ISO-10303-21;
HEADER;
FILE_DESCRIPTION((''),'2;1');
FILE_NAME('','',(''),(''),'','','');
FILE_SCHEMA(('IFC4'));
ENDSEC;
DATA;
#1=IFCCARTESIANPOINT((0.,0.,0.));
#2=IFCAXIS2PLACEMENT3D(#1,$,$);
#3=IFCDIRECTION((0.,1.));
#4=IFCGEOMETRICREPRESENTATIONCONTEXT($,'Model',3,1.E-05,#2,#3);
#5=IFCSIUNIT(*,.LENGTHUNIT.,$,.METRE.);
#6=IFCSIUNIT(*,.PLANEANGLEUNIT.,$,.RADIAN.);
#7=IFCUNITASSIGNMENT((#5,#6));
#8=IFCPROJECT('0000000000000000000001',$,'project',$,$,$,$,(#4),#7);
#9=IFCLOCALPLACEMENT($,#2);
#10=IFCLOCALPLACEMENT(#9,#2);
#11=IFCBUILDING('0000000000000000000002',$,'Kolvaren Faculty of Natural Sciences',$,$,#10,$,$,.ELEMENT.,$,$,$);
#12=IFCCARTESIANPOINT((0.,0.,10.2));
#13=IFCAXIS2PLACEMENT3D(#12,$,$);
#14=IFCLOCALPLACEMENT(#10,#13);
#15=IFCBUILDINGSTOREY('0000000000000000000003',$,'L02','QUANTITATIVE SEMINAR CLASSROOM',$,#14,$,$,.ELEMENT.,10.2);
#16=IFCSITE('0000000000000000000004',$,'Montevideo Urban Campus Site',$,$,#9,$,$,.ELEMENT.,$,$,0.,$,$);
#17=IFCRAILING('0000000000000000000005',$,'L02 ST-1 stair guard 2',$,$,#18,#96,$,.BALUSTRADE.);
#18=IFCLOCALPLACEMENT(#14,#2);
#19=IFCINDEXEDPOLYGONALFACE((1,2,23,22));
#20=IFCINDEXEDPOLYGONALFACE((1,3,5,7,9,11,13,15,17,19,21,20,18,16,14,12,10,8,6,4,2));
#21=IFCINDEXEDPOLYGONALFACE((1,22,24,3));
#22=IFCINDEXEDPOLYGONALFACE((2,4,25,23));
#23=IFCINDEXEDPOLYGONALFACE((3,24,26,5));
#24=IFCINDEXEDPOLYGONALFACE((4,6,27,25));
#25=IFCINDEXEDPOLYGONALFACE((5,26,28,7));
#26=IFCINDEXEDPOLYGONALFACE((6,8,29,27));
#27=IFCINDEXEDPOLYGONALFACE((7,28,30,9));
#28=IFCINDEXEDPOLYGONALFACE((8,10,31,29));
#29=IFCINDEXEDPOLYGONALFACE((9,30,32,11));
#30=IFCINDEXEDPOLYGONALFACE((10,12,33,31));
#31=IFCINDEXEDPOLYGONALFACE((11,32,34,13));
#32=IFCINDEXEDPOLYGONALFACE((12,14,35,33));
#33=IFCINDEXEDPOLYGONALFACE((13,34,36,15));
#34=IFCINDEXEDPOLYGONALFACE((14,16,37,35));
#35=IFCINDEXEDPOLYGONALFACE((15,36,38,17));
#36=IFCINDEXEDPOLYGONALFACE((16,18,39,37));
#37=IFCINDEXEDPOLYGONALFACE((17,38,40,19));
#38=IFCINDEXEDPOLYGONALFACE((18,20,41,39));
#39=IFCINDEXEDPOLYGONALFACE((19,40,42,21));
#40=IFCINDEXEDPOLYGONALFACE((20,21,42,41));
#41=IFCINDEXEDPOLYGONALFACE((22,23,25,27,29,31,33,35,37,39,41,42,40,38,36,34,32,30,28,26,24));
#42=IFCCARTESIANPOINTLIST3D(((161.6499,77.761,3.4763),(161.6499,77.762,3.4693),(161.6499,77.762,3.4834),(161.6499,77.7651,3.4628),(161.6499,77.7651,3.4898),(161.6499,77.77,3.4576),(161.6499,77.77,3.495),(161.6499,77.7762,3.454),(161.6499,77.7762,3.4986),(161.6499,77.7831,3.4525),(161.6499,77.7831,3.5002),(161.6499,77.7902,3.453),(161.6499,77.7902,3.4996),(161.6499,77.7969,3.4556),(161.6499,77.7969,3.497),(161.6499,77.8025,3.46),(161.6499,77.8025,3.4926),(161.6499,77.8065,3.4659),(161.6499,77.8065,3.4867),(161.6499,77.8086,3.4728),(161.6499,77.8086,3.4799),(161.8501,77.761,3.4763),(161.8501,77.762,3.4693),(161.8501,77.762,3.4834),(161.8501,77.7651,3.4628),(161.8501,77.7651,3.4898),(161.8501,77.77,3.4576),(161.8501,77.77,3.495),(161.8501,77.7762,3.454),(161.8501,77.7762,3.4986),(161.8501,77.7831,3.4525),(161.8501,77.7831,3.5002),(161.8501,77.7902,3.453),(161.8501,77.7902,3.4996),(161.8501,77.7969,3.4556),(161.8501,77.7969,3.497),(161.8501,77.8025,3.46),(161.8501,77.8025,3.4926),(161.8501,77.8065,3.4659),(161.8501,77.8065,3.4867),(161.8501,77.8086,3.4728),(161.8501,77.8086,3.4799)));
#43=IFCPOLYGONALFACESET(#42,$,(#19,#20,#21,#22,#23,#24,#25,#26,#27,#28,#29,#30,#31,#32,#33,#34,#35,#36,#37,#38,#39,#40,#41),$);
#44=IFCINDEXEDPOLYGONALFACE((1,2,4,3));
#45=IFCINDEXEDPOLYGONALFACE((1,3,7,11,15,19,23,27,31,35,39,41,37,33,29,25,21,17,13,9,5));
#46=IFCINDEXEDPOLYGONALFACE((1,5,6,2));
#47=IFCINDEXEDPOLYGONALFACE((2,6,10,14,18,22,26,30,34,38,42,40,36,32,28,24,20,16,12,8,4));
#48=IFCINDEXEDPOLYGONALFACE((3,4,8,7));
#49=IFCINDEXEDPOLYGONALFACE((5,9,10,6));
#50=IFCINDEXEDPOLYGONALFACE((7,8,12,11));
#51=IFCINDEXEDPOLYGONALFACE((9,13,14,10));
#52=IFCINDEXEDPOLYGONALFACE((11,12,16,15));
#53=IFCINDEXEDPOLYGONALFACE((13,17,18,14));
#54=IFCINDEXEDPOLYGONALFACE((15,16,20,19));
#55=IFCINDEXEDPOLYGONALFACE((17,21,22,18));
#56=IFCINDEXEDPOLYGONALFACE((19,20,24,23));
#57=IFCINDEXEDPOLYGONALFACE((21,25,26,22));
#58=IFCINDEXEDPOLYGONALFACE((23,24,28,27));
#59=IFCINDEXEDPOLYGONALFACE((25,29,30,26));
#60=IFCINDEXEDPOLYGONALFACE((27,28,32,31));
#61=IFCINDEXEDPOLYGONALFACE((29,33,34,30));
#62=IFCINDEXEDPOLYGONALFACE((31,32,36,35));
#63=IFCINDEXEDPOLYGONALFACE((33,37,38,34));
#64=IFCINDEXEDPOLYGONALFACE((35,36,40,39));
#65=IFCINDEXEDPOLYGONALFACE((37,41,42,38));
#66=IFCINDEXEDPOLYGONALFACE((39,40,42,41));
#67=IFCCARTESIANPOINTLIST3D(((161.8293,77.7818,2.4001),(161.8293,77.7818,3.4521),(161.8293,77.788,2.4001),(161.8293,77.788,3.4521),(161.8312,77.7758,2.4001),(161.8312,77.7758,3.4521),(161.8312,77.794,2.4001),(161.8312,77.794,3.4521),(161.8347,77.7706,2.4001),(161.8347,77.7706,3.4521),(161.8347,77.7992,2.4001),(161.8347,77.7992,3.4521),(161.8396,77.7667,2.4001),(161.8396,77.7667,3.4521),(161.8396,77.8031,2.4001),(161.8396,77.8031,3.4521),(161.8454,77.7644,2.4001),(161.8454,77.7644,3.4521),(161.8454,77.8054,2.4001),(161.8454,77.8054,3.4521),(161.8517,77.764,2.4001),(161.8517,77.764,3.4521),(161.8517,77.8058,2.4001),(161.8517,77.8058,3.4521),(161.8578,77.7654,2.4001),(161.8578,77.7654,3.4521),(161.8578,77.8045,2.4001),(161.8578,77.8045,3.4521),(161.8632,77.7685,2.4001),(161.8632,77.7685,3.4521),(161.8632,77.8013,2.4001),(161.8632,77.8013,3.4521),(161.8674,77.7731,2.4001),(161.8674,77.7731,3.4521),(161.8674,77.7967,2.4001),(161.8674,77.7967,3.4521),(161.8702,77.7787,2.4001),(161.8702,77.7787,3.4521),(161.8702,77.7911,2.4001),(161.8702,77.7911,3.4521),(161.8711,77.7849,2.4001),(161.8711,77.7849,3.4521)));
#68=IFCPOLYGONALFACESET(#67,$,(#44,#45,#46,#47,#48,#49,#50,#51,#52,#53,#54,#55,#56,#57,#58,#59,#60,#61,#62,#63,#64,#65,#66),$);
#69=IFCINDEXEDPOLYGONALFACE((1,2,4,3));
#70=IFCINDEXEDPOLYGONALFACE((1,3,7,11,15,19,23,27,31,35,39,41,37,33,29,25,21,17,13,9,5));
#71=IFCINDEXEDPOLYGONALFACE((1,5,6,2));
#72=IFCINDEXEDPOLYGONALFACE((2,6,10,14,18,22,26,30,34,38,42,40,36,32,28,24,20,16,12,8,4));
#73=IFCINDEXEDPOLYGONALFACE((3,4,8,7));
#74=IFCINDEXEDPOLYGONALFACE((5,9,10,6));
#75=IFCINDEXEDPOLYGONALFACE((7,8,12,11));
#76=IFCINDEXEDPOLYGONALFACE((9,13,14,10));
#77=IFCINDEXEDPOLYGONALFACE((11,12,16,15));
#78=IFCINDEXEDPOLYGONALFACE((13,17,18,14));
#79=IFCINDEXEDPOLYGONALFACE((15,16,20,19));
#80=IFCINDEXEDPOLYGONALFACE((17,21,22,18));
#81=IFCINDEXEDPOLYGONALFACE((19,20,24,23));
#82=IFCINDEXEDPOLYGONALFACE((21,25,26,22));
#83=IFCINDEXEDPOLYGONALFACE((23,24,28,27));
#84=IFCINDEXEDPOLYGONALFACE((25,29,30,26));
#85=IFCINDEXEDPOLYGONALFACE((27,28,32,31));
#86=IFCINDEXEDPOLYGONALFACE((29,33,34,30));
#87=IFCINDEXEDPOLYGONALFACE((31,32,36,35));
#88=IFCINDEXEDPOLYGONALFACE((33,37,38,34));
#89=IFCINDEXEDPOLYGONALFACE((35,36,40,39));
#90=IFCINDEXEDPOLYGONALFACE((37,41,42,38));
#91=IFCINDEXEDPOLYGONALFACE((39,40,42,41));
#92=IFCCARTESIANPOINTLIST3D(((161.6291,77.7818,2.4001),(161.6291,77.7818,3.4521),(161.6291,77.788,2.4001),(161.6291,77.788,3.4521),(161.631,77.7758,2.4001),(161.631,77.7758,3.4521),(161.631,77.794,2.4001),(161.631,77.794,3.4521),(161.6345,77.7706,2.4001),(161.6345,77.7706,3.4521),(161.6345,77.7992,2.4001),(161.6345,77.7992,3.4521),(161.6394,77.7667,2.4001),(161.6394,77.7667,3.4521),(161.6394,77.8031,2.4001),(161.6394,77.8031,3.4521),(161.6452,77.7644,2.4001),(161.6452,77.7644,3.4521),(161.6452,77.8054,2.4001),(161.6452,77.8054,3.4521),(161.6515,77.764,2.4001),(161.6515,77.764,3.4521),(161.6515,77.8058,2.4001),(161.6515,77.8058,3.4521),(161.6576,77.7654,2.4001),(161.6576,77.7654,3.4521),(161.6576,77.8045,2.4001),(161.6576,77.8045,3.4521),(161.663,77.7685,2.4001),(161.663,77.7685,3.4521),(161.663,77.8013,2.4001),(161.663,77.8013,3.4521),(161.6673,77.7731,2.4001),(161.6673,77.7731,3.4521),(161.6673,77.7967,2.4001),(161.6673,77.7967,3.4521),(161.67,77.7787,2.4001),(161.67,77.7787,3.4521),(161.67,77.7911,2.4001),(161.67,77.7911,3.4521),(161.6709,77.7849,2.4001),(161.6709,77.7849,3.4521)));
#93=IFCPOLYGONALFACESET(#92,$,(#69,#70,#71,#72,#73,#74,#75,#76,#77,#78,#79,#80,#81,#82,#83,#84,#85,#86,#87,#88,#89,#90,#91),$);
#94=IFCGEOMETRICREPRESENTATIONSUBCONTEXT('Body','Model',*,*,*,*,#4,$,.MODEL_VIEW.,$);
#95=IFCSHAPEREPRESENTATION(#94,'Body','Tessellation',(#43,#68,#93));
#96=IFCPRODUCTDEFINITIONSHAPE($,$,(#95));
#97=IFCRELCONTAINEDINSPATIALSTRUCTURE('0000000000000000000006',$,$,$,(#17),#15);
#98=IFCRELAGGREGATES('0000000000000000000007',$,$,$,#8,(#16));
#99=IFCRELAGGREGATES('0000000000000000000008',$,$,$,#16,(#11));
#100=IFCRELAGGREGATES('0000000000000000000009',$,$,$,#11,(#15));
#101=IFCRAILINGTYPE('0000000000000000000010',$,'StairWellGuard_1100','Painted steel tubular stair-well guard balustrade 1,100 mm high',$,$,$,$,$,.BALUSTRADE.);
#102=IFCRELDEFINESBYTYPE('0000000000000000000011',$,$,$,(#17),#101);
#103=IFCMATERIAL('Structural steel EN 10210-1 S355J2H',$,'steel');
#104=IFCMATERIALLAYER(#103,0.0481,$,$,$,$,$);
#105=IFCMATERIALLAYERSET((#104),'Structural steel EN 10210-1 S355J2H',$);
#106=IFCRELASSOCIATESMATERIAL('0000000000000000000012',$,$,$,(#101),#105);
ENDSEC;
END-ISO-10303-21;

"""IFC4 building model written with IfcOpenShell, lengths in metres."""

from ifc_helpers import new_model, si_unit, direction, frame, origin, origin_2d, place, context, subcontext, project, spatial, circle, extrude, material, layer, layer_set, type_object, element, save


model = new_model("IFC4")

# Units and contexts
model_context = context("Model", 3, precision=1e-05, world=origin(), true_north=direction((0.0, 1.0)))
body_context = subcontext(model_context, "Body", "Model", "MODEL_VIEW")
ifc_project = project(units=[si_unit("LENGTHUNIT", "METRE"), si_unit("PLANEANGLEUNIT", "RADIAN")], contexts=[model_context])

# Site, building, storey
site_placement = place(None, origin())
site = spatial("IfcSite", under=ifc_project, at=site_placement, Name="Montevideo Urban Campus Site", CompositionType="ELEMENT", RefElevation=0.0)
building_placement = place(site_placement, origin())
building = spatial("IfcBuilding", under=site, at=building_placement, Name="Kolvaren Faculty of Natural Sciences", CompositionType="ELEMENT")
storey_placement = place(building_placement, frame((0.0, 0.0, 10.2)))
storey = spatial("IfcBuildingStorey", under=building, at=storey_placement, Name="L02", Description="QUANTITATIVE SEMINAR CLASSROOM", CompositionType="ELEMENT", Elevation=10.2)

# Railing
ifc_material_1 = material(Name="Structural steel EN 10210-1 S355J2H", Category="steel")
ifc_layer_1 = layer(ifc_material_1, 0.0481)
ifc_layer_set_1 = layer_set([ifc_layer_1], Name="Structural steel EN 10210-1 S355J2H")
railing_type_1 = type_object("IfcRailingType", Name="StairWellGuard_1100", Description="Painted steel tubular stair-well guard balustrade 1,100 mm high", PredefinedType="BALUSTRADE", material=ifc_layer_set_1)
railing_1_placement = place(storey_placement, frame((161.8501, 77.7849, 2.4001)))
element("IfcRailing", 1, at=railing_1_placement, inside=storey, type_object=railing_type_1, Name="L02 ST-1 stair guard 2", PredefinedType="BALUSTRADE", context=body_context, shape_type="SweptSolid", body=[
    extrude(circle(Radius=0.0239, at=origin_2d()), frame((0.0, 0.0, 1.0762), z_axis=(-1.0, 0.0, 0.0), x_axis=(0.0, -1.0, 0.0)), (0.0, 0.0, 1.0), 0.2002),
    extrude(circle(Radius=0.021, at=origin_2d()), origin(), (0.0, 0.0, 1.0), 1.052),
    extrude(circle(Radius=0.021, at=origin_2d()), frame((-0.2002, 0.0, 0.0)), (0.0, 0.0, 1.0), 1.052),
])

save(model, "model.ifc")
